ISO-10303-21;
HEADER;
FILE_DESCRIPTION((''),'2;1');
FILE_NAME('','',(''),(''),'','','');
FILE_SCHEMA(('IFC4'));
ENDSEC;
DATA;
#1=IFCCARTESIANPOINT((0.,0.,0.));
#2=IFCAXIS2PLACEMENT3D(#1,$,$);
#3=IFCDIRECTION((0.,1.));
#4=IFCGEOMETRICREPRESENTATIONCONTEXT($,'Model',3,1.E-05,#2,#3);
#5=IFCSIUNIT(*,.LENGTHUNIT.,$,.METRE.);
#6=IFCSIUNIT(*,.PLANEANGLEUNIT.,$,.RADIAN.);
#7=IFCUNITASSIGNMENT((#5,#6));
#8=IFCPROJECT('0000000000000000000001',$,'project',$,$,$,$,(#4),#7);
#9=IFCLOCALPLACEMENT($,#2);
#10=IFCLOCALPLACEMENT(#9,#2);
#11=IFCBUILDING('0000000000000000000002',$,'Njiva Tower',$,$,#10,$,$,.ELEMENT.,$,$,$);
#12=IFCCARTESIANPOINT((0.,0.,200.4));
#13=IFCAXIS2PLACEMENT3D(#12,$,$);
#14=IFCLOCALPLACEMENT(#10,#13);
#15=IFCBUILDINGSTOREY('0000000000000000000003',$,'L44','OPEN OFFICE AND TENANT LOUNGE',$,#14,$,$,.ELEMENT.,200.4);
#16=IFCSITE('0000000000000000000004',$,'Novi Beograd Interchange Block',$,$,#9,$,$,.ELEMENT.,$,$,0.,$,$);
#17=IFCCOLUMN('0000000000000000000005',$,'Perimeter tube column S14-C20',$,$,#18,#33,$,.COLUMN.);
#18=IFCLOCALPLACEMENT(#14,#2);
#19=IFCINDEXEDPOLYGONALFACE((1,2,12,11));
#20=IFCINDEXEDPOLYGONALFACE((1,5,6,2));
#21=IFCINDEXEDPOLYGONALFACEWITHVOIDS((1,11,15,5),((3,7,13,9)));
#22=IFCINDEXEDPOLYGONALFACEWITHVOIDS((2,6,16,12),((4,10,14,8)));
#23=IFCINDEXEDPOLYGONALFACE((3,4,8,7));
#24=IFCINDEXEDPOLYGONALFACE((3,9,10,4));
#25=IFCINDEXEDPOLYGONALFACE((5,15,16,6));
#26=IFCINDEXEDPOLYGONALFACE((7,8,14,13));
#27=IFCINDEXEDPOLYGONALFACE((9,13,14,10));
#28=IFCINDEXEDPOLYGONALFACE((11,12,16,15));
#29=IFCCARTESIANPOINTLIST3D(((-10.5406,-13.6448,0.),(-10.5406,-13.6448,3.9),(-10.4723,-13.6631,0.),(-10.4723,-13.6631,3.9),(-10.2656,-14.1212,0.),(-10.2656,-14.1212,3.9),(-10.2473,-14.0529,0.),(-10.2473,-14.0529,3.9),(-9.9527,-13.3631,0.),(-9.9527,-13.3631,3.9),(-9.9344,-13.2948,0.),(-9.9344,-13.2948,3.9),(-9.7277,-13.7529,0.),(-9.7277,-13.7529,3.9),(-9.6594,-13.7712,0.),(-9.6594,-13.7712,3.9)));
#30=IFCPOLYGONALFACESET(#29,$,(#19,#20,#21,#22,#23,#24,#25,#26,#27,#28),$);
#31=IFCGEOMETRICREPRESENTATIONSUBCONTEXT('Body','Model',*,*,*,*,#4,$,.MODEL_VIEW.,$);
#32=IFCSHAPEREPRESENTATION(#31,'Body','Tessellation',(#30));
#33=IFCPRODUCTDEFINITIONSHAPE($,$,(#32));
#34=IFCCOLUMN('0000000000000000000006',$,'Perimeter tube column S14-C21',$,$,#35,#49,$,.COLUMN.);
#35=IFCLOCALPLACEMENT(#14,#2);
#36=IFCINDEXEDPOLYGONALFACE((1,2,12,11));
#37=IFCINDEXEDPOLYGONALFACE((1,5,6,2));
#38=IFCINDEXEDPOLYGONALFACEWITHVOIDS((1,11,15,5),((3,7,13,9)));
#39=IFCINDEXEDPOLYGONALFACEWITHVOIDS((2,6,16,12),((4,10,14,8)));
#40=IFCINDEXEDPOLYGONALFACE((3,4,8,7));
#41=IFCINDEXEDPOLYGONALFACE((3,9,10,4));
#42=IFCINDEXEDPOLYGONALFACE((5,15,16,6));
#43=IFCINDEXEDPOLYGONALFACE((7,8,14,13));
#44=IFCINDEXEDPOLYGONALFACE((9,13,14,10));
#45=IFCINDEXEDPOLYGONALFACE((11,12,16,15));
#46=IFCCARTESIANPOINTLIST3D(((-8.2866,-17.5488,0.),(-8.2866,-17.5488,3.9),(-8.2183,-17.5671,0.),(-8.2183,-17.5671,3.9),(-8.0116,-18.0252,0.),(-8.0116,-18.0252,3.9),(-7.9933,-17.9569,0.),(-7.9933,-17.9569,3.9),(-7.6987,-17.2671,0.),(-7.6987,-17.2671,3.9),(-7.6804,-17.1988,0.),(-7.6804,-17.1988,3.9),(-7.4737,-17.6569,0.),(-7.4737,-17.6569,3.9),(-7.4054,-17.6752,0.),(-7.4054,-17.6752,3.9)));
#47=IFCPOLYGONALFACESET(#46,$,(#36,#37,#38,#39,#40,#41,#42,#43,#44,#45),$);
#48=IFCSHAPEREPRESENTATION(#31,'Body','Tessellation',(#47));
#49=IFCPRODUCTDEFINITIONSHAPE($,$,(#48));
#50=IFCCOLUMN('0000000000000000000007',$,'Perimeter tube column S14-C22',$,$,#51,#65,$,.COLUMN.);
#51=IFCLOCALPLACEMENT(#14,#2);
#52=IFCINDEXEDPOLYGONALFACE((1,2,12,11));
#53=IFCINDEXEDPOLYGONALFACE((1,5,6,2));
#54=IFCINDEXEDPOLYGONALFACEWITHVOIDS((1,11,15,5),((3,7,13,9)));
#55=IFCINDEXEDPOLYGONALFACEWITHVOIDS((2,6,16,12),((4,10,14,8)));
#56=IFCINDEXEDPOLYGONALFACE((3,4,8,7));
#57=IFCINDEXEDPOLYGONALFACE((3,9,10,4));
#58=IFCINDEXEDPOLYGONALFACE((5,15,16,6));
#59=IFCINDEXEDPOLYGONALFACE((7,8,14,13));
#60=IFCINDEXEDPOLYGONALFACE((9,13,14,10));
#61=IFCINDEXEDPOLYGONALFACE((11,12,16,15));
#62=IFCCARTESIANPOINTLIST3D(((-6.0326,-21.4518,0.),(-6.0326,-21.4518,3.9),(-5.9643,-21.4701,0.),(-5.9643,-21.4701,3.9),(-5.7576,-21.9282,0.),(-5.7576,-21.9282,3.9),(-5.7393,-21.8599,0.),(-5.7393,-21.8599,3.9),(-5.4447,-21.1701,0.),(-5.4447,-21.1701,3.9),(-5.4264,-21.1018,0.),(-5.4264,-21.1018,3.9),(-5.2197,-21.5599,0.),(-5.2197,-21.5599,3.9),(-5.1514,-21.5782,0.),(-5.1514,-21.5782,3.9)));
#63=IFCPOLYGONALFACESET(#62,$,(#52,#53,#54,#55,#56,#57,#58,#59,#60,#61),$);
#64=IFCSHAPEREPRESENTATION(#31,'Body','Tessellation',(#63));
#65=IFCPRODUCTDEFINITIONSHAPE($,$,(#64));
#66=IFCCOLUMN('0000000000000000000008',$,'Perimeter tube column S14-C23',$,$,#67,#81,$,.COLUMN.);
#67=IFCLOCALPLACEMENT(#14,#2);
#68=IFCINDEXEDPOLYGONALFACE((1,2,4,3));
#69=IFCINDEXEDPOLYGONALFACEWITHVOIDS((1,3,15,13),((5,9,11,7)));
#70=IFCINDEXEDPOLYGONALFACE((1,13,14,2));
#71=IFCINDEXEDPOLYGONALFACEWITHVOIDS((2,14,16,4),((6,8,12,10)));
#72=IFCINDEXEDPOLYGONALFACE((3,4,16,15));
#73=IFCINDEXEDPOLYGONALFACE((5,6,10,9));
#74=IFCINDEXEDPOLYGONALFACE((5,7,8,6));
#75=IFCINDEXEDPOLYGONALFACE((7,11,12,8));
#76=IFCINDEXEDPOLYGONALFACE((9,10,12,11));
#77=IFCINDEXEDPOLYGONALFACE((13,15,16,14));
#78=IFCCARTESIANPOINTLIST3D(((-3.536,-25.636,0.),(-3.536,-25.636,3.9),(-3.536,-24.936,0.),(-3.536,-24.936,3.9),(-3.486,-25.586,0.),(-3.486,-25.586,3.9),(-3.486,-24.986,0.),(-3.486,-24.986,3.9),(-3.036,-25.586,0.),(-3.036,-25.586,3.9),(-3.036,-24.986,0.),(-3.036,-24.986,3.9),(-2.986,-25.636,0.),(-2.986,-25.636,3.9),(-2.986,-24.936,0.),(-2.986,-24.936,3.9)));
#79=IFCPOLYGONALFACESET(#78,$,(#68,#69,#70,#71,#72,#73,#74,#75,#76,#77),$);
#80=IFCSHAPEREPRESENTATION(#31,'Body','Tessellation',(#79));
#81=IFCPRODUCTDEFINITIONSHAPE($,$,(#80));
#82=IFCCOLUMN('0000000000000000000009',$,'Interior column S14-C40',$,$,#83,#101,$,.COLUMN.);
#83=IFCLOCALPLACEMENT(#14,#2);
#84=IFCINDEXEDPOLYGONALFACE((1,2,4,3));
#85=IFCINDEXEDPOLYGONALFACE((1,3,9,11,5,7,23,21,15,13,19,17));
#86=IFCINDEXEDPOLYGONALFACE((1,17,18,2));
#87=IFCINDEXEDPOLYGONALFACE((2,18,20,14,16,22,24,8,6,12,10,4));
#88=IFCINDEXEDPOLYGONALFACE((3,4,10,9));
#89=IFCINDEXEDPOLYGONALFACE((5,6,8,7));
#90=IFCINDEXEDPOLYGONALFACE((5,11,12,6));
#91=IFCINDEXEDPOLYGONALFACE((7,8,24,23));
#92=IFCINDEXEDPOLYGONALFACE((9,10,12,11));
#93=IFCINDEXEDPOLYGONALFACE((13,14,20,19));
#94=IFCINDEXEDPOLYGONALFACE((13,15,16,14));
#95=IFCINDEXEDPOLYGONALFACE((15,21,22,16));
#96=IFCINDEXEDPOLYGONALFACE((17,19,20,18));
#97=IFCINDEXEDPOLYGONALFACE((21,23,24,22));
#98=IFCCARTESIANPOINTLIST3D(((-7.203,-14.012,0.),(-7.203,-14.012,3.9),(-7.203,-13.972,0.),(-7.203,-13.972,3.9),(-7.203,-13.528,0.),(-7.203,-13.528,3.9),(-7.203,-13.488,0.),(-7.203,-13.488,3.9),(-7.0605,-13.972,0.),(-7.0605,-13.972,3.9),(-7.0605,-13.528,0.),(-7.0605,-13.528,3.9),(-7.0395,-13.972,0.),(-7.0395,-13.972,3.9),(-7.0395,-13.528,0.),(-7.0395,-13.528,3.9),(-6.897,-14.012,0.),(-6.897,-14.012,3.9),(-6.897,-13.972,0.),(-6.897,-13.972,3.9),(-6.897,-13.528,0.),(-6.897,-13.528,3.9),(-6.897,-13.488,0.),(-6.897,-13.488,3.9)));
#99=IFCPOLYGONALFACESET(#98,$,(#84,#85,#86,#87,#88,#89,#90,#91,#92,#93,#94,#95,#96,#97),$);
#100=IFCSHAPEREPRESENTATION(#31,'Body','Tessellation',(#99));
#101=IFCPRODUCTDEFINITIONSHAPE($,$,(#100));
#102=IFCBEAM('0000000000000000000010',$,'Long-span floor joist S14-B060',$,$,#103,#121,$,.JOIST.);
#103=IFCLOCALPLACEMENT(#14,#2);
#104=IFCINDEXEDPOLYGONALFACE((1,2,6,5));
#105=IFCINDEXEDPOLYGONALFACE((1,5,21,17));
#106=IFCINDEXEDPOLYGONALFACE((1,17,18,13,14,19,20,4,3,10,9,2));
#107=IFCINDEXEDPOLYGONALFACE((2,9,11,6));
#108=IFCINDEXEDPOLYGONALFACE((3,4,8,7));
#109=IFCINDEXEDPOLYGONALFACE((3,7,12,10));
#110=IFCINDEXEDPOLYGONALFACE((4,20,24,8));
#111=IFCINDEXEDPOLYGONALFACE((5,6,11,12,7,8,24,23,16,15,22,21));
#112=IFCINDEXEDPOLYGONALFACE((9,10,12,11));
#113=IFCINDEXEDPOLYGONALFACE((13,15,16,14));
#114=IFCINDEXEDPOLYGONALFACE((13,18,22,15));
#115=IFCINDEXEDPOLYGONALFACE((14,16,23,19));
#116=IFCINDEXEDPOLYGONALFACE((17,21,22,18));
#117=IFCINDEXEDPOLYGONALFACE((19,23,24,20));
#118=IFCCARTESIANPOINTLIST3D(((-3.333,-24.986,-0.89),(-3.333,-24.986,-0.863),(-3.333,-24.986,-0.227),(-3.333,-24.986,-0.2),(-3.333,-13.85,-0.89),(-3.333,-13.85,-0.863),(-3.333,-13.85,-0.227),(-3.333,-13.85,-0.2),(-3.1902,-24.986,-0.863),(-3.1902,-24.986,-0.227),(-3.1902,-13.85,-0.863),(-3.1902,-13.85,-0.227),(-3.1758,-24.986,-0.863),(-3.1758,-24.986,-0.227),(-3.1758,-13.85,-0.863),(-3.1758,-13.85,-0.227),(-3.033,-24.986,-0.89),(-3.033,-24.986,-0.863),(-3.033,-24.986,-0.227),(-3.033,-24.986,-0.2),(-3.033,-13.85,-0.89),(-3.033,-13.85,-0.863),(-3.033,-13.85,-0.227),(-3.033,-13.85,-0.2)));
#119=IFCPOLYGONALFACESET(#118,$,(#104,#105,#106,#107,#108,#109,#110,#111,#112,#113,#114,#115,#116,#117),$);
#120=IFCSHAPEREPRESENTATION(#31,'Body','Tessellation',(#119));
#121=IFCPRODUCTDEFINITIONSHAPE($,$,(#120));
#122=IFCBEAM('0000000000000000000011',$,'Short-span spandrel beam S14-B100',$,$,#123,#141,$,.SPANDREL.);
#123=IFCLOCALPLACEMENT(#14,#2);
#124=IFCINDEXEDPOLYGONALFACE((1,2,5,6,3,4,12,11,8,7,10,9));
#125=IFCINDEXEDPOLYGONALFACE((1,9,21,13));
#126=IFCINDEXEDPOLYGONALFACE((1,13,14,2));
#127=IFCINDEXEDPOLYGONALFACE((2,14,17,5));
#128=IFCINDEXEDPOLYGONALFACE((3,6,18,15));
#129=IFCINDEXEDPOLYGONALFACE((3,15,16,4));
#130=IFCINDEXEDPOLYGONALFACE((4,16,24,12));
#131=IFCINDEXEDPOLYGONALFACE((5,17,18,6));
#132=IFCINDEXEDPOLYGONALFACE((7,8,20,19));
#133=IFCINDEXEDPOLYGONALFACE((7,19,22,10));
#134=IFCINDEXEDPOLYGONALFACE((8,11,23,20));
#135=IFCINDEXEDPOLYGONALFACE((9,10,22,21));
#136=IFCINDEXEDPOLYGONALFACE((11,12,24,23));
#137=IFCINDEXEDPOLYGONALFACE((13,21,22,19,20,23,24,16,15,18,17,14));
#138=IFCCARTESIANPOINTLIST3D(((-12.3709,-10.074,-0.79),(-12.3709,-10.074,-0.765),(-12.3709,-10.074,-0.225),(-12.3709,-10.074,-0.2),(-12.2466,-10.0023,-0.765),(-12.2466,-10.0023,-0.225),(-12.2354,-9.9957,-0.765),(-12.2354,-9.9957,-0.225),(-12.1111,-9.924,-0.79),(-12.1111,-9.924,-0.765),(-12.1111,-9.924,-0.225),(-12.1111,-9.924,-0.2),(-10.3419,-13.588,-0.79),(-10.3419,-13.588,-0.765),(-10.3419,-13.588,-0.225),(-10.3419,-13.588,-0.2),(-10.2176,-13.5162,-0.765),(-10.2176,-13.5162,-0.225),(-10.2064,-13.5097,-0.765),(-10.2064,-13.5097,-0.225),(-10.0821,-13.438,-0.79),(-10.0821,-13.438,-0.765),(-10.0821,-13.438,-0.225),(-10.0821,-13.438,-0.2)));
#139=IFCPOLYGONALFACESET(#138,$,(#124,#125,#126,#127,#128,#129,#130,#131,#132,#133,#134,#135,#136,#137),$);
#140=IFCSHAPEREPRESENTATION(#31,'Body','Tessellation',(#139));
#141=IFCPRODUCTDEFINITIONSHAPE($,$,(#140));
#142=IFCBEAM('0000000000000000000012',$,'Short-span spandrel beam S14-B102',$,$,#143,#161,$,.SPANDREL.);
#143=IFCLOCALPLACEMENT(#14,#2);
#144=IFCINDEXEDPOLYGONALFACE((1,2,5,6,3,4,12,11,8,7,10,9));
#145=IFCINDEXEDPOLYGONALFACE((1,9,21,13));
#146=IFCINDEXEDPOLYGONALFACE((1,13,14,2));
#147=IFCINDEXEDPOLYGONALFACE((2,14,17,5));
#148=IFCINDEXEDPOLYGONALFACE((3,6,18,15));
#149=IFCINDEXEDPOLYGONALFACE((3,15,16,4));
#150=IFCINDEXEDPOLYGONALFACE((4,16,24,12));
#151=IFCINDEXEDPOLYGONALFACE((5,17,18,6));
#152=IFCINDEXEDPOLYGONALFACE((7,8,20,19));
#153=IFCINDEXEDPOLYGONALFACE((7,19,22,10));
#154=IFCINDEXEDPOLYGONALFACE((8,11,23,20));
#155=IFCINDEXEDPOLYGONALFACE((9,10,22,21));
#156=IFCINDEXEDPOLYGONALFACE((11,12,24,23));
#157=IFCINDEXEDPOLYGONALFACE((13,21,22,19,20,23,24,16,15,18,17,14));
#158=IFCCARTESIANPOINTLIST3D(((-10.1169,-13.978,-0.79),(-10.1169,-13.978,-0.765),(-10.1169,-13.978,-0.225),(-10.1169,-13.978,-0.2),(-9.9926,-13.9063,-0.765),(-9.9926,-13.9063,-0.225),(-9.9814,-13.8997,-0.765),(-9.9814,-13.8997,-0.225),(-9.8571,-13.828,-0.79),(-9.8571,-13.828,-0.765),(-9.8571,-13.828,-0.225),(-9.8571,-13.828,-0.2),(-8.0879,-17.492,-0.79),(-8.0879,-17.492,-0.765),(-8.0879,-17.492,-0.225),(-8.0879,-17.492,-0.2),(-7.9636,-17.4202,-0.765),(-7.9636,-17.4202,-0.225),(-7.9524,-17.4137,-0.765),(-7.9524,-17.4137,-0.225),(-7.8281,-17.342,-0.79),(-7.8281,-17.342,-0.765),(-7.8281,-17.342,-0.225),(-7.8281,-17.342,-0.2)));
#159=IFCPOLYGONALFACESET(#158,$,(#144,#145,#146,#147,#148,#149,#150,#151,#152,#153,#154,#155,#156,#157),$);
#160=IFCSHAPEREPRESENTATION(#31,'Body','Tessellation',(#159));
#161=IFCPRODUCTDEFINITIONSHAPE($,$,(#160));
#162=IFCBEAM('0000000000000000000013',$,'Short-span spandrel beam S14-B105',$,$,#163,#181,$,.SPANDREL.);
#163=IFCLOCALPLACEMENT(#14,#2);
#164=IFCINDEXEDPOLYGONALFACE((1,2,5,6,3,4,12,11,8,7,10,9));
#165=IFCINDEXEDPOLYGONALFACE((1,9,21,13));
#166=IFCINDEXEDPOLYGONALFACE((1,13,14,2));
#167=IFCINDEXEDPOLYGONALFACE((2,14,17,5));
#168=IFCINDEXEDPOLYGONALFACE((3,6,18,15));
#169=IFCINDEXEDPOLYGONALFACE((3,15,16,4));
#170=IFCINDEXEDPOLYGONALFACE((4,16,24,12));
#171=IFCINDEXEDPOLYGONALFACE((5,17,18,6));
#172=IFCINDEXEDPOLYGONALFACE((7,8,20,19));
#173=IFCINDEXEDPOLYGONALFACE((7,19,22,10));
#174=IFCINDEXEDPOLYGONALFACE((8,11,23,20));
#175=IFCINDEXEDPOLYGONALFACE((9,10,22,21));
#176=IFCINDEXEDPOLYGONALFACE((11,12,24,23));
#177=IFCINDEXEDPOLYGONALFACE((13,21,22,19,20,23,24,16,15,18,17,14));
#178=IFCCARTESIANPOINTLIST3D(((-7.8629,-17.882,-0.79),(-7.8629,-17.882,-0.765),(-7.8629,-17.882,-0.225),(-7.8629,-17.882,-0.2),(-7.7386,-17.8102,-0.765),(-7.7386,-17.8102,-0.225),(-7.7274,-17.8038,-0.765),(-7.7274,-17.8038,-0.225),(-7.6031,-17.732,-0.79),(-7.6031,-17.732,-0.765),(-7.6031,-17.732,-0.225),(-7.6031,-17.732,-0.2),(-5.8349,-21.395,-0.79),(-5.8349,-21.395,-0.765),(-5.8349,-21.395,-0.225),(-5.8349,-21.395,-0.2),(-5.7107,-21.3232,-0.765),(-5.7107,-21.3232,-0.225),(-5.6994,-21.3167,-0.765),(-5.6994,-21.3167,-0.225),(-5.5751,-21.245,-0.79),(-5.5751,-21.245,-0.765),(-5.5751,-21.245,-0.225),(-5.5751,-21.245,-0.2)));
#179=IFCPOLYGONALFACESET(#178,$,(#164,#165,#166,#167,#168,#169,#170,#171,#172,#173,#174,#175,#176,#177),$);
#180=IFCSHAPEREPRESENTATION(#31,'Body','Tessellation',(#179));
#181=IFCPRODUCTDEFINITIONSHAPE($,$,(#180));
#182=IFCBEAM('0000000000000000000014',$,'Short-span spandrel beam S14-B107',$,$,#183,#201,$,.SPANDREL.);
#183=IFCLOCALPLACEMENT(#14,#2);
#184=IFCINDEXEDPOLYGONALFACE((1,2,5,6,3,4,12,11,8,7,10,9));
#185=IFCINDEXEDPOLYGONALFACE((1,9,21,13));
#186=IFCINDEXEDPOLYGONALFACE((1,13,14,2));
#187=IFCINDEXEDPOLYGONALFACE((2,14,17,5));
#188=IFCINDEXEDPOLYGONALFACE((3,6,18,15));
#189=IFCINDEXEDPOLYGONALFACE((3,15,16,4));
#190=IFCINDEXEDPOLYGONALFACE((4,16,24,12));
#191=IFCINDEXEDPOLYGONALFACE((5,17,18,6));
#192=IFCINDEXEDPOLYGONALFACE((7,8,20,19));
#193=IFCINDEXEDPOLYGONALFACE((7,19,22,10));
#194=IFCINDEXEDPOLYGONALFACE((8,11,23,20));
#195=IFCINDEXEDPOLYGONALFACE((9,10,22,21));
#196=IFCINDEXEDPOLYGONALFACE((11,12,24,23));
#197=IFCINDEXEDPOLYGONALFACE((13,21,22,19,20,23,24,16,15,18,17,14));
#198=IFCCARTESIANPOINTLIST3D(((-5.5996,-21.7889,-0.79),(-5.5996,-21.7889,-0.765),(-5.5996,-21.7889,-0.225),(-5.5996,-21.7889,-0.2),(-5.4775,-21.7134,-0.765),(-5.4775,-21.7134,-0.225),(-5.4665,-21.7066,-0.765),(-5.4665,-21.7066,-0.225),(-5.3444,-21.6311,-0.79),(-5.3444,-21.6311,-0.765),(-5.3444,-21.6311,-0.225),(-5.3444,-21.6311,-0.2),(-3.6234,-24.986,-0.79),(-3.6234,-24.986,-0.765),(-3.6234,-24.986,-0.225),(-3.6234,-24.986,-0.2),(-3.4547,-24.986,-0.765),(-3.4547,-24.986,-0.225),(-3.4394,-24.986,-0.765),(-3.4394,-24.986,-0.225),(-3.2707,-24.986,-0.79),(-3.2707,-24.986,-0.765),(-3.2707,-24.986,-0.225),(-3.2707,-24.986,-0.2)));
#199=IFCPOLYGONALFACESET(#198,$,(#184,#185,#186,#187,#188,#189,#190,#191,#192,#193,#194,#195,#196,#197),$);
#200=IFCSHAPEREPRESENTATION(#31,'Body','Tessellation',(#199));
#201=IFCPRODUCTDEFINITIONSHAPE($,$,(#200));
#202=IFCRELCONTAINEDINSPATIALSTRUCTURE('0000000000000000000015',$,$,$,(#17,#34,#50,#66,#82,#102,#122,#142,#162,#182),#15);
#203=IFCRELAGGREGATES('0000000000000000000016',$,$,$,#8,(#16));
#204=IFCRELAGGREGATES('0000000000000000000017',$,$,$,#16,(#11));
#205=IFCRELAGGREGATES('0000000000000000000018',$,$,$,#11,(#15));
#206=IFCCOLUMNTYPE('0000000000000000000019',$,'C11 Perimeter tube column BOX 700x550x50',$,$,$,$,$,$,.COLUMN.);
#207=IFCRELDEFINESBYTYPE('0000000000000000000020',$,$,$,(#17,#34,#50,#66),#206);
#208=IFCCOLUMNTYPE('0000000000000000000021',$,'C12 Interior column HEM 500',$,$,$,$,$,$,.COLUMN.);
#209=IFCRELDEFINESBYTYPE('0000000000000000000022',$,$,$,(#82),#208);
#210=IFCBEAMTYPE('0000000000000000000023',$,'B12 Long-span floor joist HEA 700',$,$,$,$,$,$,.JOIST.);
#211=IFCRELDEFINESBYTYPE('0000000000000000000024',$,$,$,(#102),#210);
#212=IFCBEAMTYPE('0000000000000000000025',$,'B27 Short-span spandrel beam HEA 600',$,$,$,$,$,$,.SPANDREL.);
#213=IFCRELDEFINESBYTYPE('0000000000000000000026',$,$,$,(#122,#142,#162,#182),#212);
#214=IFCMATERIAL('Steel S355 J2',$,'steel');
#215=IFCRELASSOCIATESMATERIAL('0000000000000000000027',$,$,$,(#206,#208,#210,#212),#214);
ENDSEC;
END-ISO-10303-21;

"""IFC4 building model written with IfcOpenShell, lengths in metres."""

from ifc_helpers import new_model, si_unit, direction, frame, origin, origin_2d, place, context, subcontext, project, spatial, hollow_rectangle, i_section, extrude, clip, halfspace, material, material_profile, profile_set, type_object, element, save


model = new_model("IFC4")

# Units and contexts
model_context = context("Model", 3, precision=1e-05, world=origin(), true_north=direction((0.0, 1.0)))
body_context = subcontext(model_context, "Body", "Model", "MODEL_VIEW")
ifc_project = project(units=[si_unit("LENGTHUNIT", "METRE"), si_unit("PLANEANGLEUNIT", "RADIAN")], contexts=[model_context])

# Site, building, storey
site_placement = place(None, origin())
site = spatial("IfcSite", under=ifc_project, at=site_placement, Name="Novi Beograd Interchange Block", CompositionType="ELEMENT", RefElevation=0.0)
building_placement = place(site_placement, origin())
building = spatial("IfcBuilding", under=site, at=building_placement, Name="Njiva Tower", CompositionType="ELEMENT")
storey_placement = place(building_placement, frame((0.0, 0.0, 200.4)))
storey = spatial("IfcBuildingStorey", under=building, at=storey_placement, Name="L44", Description="OPEN OFFICE AND TENANT LOUNGE", CompositionType="ELEMENT", Elevation=200.4)

# Columns
ifc_material_1 = material(Name="Steel S355 J2", Category="steel")
ifc_material_profile_1 = material_profile(ifc_material_1, hollow_rectangle(XDim=0.55, YDim=0.7, WallThickness=0.05, at=origin_2d()), Name="BOX 700x550x50")
ifc_profile_set_1 = profile_set([ifc_material_profile_1], Name="Steel S355 J2")
column_type_1 = type_object("IfcColumnType", Name="C11 Perimeter tube column BOX 700x550x50", PredefinedType="COLUMN", material=ifc_profile_set_1)
for number, where, z_axis, x_axis, name in (
    (1, (-10.1, -13.708, 0.0), (0.0, 0.0, 1.0), (0.5, -0.866025, 0.0), "Perimeter tube column S14-C20"),
    (2, (-7.846, -17.612, 0.0), (0.0, 0.0, 1.0), (0.5, -0.866025, 0.0), "Perimeter tube column S14-C21"),
    (3, (-5.592, -21.515, 0.0), (0.0, 0.0, 1.0), (0.5, -0.866025, 0.0), "Perimeter tube column S14-C22"),
    (4, (-3.261, -25.286, 0.0), (0.0, 0.0, 1.0), (1.0, 0.0, 0.0), "Perimeter tube column S14-C23"),
):
    element("IfcColumn", number, at=place(storey_placement, frame(where, z_axis=z_axis, x_axis=x_axis)), inside=storey, type_object=column_type_1, Name=name, PredefinedType="COLUMN", context=body_context, shape_type="SweptSolid", body=[
        extrude(hollow_rectangle(XDim=0.55, YDim=0.7, WallThickness=0.05, at=origin_2d()), origin(), (0.0, 0.0, 1.0), 3.9),
    ])
ifc_material_profile_2 = material_profile(ifc_material_1, i_section(OverallWidth=0.306, OverallDepth=0.524, WebThickness=0.021, FlangeThickness=0.04, at=origin_2d()), Name="HEM 500")
ifc_profile_set_2 = profile_set([ifc_material_profile_2], Name="Steel S355 J2")
column_type_2 = type_object("IfcColumnType", Name="C12 Interior column HEM 500", PredefinedType="COLUMN", material=ifc_profile_set_2)
column_placement = place(storey_placement, frame((-7.05, -13.75, 0.0), z_axis=(0.0, 0.0, 1.0), x_axis=(1.0, 0.0, 0.0)))
element("IfcColumn", 5, at=column_placement, inside=storey, type_object=column_type_2, Name="Interior column S14-C40", PredefinedType="COLUMN", context=body_context, shape_type="SweptSolid", body=[
    extrude(i_section(OverallWidth=0.306, OverallDepth=0.524, WebThickness=0.021, FlangeThickness=0.04, at=origin_2d()), origin(), (0.0, 0.0, 1.0), 3.9),
])

# Beams
ifc_material_profile_3 = material_profile(ifc_material_1, i_section(OverallWidth=0.3, OverallDepth=0.69, WebThickness=0.0145, FlangeThickness=0.027, at=origin_2d()), Name="HEA 700")
ifc_profile_set_3 = profile_set([ifc_material_profile_3], Name="Steel S355 J2")
beam_type_1 = type_object("IfcBeamType", Name="B12 Long-span floor joist HEA 700", PredefinedType="JOIST", material=ifc_profile_set_3)
beam_1_placement = place(storey_placement, frame((-3.183, -13.85, -0.545), z_axis=(0.0, -1.0, 0.0), x_axis=(1.0, 0.0, 0.0)))
element("IfcBeam", 6, at=beam_1_placement, inside=storey, type_object=beam_type_1, Name="Long-span floor joist S14-B060", PredefinedType="JOIST", context=body_context, shape_type="SweptSolid", body=[
    extrude(i_section(OverallWidth=0.3, OverallDepth=0.69, WebThickness=0.0145, FlangeThickness=0.027, at=origin_2d()), origin(), (0.0, 0.0, 1.0), 11.136),
])
ifc_material_profile_4 = material_profile(ifc_material_1, i_section(OverallWidth=0.3, OverallDepth=0.59, WebThickness=0.013, FlangeThickness=0.025, at=origin_2d()), Name="HEA 600")
ifc_profile_set_4 = profile_set([ifc_material_profile_4], Name="Steel S355 J2")
beam_type_2 = type_object("IfcBeamType", Name="B27 Short-span spandrel beam HEA 600", PredefinedType="SPANDREL", material=ifc_profile_set_4)
for number, where, z_axis, x_axis, name in (
    (7, (-12.241, -9.999, -0.495), (0.500035, -0.866005, 0.0), (0.866005, 0.500035, 0.0), "Short-span spandrel beam S14-B100"),
    (8, (-9.987, -13.903, -0.495), (0.500035, -0.866005, 0.0), (0.866005, 0.500035, 0.0), "Short-span spandrel beam S14-B102"),
):
    element("IfcBeam", number, at=place(storey_placement, frame(where, z_axis=z_axis, x_axis=x_axis)), inside=storey, type_object=beam_type_2, Name=name, PredefinedType="SPANDREL", context=body_context, shape_type="SweptSolid", body=[
        extrude(i_section(OverallWidth=0.3, OverallDepth=0.59, WebThickness=0.013, FlangeThickness=0.025, at=origin_2d()), origin(), (0.0, 0.0, 1.0), 4.0577),
    ])
beam_2_placement = place(storey_placement, frame((-7.733, -17.807, -0.495), z_axis=(0.499957, -0.86605, 0.0), x_axis=(0.86605, 0.499957, 0.0)))
element("IfcBeam", 9, at=beam_2_placement, inside=storey, type_object=beam_type_2, Name="Short-span spandrel beam S14-B105", PredefinedType="SPANDREL", context=body_context, shape_type="SweptSolid", body=[
    extrude(i_section(OverallWidth=0.3, OverallDepth=0.59, WebThickness=0.013, FlangeThickness=0.025, at=origin_2d()), origin(), (0.0, 0.0, 1.0), 4.0563),
])
beam_3_placement = place(storey_placement, frame((-5.472, -21.71, -0.495), z_axis=(0.525791, -0.850614, 0.0), x_axis=(0.850614, 0.525791, 0.0)))
element("IfcBeam", 10, at=beam_3_placement, inside=storey, type_object=beam_type_2, Name="Short-span spandrel beam S14-B107", PredefinedType="SPANDREL", context=body_context, shape_type="Clipping", body=[
    clip(extrude(i_section(OverallWidth=0.3, OverallDepth=0.59, WebThickness=0.013, FlangeThickness=0.025, at=origin_2d()), origin(), (0.0, 0.0, 1.0), 3.9643), halfspace(frame((-0.0259, 0.0, 3.8353), z_axis=(-0.525791, 0.0, 0.850614), x_axis=(0.0, 1.0, 0.0)), False)),
])

save(model, "model.ifc")
